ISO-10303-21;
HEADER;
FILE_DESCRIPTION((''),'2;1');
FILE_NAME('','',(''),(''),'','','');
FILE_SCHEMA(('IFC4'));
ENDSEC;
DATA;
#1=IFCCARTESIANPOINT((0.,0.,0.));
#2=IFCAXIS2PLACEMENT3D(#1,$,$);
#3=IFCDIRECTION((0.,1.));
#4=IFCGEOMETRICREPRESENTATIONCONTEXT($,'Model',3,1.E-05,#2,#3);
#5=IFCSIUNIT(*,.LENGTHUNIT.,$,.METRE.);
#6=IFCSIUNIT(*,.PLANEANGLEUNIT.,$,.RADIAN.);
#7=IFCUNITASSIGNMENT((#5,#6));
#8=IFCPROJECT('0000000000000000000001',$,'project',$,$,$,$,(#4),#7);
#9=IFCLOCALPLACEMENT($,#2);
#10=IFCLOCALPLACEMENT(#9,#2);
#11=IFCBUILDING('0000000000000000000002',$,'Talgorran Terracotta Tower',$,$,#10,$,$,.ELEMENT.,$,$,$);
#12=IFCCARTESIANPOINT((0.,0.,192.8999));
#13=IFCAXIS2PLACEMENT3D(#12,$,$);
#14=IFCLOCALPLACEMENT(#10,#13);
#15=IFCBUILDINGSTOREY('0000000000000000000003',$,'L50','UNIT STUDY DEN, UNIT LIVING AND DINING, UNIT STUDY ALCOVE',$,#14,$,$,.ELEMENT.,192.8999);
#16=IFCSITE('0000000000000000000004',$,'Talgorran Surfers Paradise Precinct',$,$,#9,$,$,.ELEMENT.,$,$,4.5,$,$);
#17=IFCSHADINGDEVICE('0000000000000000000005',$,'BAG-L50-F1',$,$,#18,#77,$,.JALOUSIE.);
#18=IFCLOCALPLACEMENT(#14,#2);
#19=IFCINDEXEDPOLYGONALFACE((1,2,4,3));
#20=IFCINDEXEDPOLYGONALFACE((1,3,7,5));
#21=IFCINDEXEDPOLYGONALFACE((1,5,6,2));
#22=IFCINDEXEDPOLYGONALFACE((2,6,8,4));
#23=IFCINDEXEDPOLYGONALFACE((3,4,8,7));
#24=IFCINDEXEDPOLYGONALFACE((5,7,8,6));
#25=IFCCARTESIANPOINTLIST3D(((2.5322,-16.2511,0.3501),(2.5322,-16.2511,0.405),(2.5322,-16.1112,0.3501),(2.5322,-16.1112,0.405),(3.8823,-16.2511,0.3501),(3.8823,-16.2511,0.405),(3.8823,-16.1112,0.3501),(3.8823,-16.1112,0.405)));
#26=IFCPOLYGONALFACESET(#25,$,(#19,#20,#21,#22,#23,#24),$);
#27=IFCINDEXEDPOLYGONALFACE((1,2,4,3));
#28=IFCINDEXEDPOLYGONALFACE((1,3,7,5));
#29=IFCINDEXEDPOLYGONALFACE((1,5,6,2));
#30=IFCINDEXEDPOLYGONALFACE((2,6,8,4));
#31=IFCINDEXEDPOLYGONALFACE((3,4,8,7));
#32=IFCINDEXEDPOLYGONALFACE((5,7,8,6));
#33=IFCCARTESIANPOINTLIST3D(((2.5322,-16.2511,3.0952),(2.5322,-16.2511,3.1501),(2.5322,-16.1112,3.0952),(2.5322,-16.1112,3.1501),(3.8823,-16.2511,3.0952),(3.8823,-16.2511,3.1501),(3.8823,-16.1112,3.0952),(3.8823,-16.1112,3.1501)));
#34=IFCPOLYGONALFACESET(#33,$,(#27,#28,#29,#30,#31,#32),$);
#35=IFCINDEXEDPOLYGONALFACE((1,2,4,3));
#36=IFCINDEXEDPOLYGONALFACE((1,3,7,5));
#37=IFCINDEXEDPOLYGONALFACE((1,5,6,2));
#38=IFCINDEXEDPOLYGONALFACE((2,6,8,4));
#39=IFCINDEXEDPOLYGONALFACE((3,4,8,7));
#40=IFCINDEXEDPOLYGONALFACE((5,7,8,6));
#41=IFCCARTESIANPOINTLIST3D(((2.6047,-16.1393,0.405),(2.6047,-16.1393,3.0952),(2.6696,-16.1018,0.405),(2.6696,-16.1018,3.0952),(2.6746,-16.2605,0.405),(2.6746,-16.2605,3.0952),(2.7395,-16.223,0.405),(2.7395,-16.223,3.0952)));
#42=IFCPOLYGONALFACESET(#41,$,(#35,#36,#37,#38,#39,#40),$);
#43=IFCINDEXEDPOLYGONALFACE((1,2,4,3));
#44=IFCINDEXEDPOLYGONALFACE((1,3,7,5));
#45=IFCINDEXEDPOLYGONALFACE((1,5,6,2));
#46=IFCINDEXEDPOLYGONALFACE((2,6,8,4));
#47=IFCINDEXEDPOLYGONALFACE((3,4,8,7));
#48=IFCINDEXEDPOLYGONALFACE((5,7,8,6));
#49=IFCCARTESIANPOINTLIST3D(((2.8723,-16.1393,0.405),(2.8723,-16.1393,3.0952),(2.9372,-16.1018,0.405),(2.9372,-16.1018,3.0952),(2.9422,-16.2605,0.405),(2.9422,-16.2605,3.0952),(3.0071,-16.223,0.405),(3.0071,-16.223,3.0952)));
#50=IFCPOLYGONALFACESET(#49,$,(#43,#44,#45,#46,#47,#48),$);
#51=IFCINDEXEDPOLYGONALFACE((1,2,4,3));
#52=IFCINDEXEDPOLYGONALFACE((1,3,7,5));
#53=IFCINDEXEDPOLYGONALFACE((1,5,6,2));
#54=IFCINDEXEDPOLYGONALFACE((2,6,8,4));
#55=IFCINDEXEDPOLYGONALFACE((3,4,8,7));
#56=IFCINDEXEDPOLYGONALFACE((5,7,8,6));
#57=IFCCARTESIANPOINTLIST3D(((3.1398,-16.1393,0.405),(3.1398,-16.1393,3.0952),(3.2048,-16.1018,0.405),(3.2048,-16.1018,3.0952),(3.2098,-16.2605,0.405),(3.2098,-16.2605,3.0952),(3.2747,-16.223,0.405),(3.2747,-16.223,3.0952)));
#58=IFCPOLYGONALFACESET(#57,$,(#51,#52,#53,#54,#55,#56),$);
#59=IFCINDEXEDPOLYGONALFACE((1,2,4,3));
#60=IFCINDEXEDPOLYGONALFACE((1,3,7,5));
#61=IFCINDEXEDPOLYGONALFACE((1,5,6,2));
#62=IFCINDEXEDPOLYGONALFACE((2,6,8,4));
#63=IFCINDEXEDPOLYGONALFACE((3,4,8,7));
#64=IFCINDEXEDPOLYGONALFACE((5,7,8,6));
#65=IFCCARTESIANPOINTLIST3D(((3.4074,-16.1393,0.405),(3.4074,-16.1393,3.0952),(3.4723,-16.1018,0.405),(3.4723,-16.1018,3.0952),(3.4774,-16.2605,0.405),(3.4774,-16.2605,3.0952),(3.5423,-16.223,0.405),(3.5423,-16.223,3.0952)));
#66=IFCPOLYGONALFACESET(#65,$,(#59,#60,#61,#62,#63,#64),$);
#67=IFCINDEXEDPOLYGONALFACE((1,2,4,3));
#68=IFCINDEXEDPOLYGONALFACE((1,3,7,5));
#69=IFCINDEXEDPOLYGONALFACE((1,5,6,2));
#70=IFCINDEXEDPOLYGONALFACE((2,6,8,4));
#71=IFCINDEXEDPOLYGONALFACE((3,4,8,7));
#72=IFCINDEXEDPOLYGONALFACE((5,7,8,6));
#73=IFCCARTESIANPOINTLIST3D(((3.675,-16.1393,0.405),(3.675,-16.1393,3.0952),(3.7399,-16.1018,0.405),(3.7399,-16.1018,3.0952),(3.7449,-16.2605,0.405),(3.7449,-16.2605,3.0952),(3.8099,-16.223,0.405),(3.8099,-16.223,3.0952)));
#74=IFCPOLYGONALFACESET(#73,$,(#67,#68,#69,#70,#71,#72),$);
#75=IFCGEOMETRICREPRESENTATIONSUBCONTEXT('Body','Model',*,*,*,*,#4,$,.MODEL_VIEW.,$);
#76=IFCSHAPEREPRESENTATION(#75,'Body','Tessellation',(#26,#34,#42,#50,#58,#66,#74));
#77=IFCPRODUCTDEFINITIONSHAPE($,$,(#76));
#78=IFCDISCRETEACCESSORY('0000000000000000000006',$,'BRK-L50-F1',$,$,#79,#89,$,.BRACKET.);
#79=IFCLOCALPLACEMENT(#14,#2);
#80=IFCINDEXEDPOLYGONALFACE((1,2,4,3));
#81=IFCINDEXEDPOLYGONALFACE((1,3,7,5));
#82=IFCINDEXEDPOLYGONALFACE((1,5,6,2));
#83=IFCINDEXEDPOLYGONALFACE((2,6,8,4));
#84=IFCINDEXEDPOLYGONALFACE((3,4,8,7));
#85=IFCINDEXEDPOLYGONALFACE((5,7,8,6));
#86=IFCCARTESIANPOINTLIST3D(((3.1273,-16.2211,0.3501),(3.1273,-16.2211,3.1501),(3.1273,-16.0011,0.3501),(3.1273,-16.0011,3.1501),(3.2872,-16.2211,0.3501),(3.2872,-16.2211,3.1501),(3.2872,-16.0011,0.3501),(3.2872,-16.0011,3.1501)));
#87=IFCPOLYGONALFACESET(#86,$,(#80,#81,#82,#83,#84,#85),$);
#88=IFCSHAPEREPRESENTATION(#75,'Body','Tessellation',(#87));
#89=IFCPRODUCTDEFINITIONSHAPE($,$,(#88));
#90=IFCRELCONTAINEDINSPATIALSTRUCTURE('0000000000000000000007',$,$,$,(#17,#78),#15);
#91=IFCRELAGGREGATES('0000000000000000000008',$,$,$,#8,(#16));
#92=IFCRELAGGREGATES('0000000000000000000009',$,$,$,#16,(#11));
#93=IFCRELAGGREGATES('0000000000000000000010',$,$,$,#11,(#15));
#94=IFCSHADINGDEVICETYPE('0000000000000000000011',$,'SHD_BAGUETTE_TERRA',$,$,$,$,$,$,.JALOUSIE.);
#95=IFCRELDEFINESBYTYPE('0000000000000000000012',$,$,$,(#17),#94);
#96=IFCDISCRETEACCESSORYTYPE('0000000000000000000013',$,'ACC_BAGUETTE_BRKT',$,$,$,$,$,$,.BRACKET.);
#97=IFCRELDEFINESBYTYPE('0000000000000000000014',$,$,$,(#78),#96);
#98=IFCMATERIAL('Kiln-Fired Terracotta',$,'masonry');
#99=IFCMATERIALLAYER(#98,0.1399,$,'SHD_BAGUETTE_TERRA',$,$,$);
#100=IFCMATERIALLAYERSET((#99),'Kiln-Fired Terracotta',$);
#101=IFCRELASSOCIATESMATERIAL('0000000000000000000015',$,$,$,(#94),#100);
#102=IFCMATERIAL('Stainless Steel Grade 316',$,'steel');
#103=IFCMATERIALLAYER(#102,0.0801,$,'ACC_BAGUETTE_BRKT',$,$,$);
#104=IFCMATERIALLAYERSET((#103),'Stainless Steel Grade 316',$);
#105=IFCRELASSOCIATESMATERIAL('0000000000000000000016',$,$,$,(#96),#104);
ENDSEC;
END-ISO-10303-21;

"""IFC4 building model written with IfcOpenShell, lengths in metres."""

from ifc_helpers import new_model, si_unit, direction, frame, origin, origin_2d, place, context, subcontext, project, spatial, rectangle, extrude, source, transform, mapped, material, layer, layer_set, type_object, type_shapes, element, save


model = new_model("IFC4")

# Units and contexts
model_context = context("Model", 3, precision=1e-05, world=origin(), true_north=direction((0.0, 1.0)))
body_context = subcontext(model_context, "Body", "Model", "MODEL_VIEW")
ifc_project = project(units=[si_unit("LENGTHUNIT", "METRE"), si_unit("PLANEANGLEUNIT", "RADIAN")], contexts=[model_context])

# Site, building, storey
site_placement = place(None, origin())
site = spatial("IfcSite", under=ifc_project, at=site_placement, Name="Talgorran Surfers Paradise Precinct", CompositionType="ELEMENT", RefElevation=4.5)
building_placement = place(site_placement, origin())
building = spatial("IfcBuilding", under=site, at=building_placement, Name="Talgorran Terracotta Tower", CompositionType="ELEMENT")
storey_placement = place(building_placement, frame((0.0, 0.0, 192.8999)))
storey = spatial("IfcBuildingStorey", under=building, at=storey_placement, Name="L50", Description="UNIT STUDY DEN, UNIT LIVING AND DINING, UNIT STUDY ALCOVE", CompositionType="ELEMENT", Elevation=192.8999)

# Shading device
ifc_material_1 = material(Name="Kiln-Fired Terracotta", Category="masonry")
ifc_layer_1 = layer(ifc_material_1, 0.1399, Name="SHD_BAGUETTE_TERRA")
ifc_layer_set_1 = layer_set([ifc_layer_1], Name="Kiln-Fired Terracotta")
shading_device_type = type_object("IfcShadingDeviceType", Name="SHD_BAGUETTE_TERRA", PredefinedType="JALOUSIE", material=ifc_layer_set_1)
shared_shape_1 = source(origin(), body_context, "Body", "SweptSolid", [
    extrude(rectangle(XDim=1.3501, YDim=0.1399, at=origin_2d()), origin(), (0.0, 0.0, 1.0), 0.0549),
    extrude(rectangle(XDim=1.3501, YDim=0.1399, at=origin_2d()), frame((0.0, 0.0, 2.7451)), (0.0, 0.0, 1.0), 0.0549),
    extrude(rectangle(XDim=0.075, YDim=0.1399, at=origin_2d()), frame((-0.5352, 0.0, 0.0549), z_axis=(0.0, 0.0, 1.0), x_axis=(0.866025, 0.5, 0.0)), (0.0, 0.0, 1.0), 2.6902),
    extrude(rectangle(XDim=0.075, YDim=0.1399, at=origin_2d()), frame((-0.2676, 0.0, 0.0549), z_axis=(0.0, 0.0, 1.0), x_axis=(0.866025, 0.5, 0.0)), (0.0, 0.0, 1.0), 2.6902),
    extrude(rectangle(XDim=0.075, YDim=0.1399, at=origin_2d()), frame((0.0, 0.0, 0.0549), z_axis=(0.0, 0.0, 1.0), x_axis=(0.866025, 0.5, 0.0)), (0.0, 0.0, 1.0), 2.6902),
    extrude(rectangle(XDim=0.075, YDim=0.1399, at=origin_2d()), frame((0.2676, 0.0, 0.0549), z_axis=(0.0, 0.0, 1.0), x_axis=(0.866025, 0.5, 0.0)), (0.0, 0.0, 1.0), 2.6902),
    extrude(rectangle(XDim=0.075, YDim=0.1399, at=origin_2d()), frame((0.5352, 0.0, 0.0549), z_axis=(0.0, 0.0, 1.0), x_axis=(0.866025, 0.5, 0.0)), (0.0, 0.0, 1.0), 2.6902),
])
type_shapes(shading_device_type, [shared_shape_1])
shading_device_placement = place(storey_placement, frame((3.2073, -16.1812, 0.3501), z_axis=(0.0, 0.0, 1.0), x_axis=(1.0, 0.0, 0.0)))
element("IfcShadingDevice", 1, at=shading_device_placement, inside=storey, type_object=shading_device_type, Name="BAG-L50-F1", PredefinedType="JALOUSIE", context=body_context, shape_type="MappedRepresentation", body=[
    mapped(shared_shape_1, transform((0.0, 0.0, 0.0), scale=1.0)),
])

# Discrete accessory
ifc_material_2 = material(Name="Stainless Steel Grade 316", Category="steel")
ifc_layer_2 = layer(ifc_material_2, 0.0801, Name="ACC_BAGUETTE_BRKT")
ifc_layer_set_2 = layer_set([ifc_layer_2], Name="Stainless Steel Grade 316")
discrete_accessory_type = type_object("IfcDiscreteAccessoryType", Name="ACC_BAGUETTE_BRKT", PredefinedType="BRACKET", material=ifc_layer_set_2)
shared_shape_2 = source(origin(), body_context, "Body", "SweptSolid", [
    extrude(rectangle(XDim=0.1599, YDim=0.22, at=origin_2d()), origin(), (0.0, 0.0, 1.0), 2.8),
])
type_shapes(discrete_accessory_type, [shared_shape_2])
discrete_accessory_placement = place(storey_placement, frame((3.2073, -16.1111, 0.3501), z_axis=(0.0, 0.0, 1.0), x_axis=(1.0, 0.0, 0.0)))
element("IfcDiscreteAccessory", 2, at=discrete_accessory_placement, inside=storey, type_object=discrete_accessory_type, Name="BRK-L50-F1", PredefinedType="BRACKET", context=body_context, shape_type="MappedRepresentation", body=[
    mapped(shared_shape_2, transform((0.0, 0.0, 0.0), scale=1.0)),
])

save(model, "model.ifc")
